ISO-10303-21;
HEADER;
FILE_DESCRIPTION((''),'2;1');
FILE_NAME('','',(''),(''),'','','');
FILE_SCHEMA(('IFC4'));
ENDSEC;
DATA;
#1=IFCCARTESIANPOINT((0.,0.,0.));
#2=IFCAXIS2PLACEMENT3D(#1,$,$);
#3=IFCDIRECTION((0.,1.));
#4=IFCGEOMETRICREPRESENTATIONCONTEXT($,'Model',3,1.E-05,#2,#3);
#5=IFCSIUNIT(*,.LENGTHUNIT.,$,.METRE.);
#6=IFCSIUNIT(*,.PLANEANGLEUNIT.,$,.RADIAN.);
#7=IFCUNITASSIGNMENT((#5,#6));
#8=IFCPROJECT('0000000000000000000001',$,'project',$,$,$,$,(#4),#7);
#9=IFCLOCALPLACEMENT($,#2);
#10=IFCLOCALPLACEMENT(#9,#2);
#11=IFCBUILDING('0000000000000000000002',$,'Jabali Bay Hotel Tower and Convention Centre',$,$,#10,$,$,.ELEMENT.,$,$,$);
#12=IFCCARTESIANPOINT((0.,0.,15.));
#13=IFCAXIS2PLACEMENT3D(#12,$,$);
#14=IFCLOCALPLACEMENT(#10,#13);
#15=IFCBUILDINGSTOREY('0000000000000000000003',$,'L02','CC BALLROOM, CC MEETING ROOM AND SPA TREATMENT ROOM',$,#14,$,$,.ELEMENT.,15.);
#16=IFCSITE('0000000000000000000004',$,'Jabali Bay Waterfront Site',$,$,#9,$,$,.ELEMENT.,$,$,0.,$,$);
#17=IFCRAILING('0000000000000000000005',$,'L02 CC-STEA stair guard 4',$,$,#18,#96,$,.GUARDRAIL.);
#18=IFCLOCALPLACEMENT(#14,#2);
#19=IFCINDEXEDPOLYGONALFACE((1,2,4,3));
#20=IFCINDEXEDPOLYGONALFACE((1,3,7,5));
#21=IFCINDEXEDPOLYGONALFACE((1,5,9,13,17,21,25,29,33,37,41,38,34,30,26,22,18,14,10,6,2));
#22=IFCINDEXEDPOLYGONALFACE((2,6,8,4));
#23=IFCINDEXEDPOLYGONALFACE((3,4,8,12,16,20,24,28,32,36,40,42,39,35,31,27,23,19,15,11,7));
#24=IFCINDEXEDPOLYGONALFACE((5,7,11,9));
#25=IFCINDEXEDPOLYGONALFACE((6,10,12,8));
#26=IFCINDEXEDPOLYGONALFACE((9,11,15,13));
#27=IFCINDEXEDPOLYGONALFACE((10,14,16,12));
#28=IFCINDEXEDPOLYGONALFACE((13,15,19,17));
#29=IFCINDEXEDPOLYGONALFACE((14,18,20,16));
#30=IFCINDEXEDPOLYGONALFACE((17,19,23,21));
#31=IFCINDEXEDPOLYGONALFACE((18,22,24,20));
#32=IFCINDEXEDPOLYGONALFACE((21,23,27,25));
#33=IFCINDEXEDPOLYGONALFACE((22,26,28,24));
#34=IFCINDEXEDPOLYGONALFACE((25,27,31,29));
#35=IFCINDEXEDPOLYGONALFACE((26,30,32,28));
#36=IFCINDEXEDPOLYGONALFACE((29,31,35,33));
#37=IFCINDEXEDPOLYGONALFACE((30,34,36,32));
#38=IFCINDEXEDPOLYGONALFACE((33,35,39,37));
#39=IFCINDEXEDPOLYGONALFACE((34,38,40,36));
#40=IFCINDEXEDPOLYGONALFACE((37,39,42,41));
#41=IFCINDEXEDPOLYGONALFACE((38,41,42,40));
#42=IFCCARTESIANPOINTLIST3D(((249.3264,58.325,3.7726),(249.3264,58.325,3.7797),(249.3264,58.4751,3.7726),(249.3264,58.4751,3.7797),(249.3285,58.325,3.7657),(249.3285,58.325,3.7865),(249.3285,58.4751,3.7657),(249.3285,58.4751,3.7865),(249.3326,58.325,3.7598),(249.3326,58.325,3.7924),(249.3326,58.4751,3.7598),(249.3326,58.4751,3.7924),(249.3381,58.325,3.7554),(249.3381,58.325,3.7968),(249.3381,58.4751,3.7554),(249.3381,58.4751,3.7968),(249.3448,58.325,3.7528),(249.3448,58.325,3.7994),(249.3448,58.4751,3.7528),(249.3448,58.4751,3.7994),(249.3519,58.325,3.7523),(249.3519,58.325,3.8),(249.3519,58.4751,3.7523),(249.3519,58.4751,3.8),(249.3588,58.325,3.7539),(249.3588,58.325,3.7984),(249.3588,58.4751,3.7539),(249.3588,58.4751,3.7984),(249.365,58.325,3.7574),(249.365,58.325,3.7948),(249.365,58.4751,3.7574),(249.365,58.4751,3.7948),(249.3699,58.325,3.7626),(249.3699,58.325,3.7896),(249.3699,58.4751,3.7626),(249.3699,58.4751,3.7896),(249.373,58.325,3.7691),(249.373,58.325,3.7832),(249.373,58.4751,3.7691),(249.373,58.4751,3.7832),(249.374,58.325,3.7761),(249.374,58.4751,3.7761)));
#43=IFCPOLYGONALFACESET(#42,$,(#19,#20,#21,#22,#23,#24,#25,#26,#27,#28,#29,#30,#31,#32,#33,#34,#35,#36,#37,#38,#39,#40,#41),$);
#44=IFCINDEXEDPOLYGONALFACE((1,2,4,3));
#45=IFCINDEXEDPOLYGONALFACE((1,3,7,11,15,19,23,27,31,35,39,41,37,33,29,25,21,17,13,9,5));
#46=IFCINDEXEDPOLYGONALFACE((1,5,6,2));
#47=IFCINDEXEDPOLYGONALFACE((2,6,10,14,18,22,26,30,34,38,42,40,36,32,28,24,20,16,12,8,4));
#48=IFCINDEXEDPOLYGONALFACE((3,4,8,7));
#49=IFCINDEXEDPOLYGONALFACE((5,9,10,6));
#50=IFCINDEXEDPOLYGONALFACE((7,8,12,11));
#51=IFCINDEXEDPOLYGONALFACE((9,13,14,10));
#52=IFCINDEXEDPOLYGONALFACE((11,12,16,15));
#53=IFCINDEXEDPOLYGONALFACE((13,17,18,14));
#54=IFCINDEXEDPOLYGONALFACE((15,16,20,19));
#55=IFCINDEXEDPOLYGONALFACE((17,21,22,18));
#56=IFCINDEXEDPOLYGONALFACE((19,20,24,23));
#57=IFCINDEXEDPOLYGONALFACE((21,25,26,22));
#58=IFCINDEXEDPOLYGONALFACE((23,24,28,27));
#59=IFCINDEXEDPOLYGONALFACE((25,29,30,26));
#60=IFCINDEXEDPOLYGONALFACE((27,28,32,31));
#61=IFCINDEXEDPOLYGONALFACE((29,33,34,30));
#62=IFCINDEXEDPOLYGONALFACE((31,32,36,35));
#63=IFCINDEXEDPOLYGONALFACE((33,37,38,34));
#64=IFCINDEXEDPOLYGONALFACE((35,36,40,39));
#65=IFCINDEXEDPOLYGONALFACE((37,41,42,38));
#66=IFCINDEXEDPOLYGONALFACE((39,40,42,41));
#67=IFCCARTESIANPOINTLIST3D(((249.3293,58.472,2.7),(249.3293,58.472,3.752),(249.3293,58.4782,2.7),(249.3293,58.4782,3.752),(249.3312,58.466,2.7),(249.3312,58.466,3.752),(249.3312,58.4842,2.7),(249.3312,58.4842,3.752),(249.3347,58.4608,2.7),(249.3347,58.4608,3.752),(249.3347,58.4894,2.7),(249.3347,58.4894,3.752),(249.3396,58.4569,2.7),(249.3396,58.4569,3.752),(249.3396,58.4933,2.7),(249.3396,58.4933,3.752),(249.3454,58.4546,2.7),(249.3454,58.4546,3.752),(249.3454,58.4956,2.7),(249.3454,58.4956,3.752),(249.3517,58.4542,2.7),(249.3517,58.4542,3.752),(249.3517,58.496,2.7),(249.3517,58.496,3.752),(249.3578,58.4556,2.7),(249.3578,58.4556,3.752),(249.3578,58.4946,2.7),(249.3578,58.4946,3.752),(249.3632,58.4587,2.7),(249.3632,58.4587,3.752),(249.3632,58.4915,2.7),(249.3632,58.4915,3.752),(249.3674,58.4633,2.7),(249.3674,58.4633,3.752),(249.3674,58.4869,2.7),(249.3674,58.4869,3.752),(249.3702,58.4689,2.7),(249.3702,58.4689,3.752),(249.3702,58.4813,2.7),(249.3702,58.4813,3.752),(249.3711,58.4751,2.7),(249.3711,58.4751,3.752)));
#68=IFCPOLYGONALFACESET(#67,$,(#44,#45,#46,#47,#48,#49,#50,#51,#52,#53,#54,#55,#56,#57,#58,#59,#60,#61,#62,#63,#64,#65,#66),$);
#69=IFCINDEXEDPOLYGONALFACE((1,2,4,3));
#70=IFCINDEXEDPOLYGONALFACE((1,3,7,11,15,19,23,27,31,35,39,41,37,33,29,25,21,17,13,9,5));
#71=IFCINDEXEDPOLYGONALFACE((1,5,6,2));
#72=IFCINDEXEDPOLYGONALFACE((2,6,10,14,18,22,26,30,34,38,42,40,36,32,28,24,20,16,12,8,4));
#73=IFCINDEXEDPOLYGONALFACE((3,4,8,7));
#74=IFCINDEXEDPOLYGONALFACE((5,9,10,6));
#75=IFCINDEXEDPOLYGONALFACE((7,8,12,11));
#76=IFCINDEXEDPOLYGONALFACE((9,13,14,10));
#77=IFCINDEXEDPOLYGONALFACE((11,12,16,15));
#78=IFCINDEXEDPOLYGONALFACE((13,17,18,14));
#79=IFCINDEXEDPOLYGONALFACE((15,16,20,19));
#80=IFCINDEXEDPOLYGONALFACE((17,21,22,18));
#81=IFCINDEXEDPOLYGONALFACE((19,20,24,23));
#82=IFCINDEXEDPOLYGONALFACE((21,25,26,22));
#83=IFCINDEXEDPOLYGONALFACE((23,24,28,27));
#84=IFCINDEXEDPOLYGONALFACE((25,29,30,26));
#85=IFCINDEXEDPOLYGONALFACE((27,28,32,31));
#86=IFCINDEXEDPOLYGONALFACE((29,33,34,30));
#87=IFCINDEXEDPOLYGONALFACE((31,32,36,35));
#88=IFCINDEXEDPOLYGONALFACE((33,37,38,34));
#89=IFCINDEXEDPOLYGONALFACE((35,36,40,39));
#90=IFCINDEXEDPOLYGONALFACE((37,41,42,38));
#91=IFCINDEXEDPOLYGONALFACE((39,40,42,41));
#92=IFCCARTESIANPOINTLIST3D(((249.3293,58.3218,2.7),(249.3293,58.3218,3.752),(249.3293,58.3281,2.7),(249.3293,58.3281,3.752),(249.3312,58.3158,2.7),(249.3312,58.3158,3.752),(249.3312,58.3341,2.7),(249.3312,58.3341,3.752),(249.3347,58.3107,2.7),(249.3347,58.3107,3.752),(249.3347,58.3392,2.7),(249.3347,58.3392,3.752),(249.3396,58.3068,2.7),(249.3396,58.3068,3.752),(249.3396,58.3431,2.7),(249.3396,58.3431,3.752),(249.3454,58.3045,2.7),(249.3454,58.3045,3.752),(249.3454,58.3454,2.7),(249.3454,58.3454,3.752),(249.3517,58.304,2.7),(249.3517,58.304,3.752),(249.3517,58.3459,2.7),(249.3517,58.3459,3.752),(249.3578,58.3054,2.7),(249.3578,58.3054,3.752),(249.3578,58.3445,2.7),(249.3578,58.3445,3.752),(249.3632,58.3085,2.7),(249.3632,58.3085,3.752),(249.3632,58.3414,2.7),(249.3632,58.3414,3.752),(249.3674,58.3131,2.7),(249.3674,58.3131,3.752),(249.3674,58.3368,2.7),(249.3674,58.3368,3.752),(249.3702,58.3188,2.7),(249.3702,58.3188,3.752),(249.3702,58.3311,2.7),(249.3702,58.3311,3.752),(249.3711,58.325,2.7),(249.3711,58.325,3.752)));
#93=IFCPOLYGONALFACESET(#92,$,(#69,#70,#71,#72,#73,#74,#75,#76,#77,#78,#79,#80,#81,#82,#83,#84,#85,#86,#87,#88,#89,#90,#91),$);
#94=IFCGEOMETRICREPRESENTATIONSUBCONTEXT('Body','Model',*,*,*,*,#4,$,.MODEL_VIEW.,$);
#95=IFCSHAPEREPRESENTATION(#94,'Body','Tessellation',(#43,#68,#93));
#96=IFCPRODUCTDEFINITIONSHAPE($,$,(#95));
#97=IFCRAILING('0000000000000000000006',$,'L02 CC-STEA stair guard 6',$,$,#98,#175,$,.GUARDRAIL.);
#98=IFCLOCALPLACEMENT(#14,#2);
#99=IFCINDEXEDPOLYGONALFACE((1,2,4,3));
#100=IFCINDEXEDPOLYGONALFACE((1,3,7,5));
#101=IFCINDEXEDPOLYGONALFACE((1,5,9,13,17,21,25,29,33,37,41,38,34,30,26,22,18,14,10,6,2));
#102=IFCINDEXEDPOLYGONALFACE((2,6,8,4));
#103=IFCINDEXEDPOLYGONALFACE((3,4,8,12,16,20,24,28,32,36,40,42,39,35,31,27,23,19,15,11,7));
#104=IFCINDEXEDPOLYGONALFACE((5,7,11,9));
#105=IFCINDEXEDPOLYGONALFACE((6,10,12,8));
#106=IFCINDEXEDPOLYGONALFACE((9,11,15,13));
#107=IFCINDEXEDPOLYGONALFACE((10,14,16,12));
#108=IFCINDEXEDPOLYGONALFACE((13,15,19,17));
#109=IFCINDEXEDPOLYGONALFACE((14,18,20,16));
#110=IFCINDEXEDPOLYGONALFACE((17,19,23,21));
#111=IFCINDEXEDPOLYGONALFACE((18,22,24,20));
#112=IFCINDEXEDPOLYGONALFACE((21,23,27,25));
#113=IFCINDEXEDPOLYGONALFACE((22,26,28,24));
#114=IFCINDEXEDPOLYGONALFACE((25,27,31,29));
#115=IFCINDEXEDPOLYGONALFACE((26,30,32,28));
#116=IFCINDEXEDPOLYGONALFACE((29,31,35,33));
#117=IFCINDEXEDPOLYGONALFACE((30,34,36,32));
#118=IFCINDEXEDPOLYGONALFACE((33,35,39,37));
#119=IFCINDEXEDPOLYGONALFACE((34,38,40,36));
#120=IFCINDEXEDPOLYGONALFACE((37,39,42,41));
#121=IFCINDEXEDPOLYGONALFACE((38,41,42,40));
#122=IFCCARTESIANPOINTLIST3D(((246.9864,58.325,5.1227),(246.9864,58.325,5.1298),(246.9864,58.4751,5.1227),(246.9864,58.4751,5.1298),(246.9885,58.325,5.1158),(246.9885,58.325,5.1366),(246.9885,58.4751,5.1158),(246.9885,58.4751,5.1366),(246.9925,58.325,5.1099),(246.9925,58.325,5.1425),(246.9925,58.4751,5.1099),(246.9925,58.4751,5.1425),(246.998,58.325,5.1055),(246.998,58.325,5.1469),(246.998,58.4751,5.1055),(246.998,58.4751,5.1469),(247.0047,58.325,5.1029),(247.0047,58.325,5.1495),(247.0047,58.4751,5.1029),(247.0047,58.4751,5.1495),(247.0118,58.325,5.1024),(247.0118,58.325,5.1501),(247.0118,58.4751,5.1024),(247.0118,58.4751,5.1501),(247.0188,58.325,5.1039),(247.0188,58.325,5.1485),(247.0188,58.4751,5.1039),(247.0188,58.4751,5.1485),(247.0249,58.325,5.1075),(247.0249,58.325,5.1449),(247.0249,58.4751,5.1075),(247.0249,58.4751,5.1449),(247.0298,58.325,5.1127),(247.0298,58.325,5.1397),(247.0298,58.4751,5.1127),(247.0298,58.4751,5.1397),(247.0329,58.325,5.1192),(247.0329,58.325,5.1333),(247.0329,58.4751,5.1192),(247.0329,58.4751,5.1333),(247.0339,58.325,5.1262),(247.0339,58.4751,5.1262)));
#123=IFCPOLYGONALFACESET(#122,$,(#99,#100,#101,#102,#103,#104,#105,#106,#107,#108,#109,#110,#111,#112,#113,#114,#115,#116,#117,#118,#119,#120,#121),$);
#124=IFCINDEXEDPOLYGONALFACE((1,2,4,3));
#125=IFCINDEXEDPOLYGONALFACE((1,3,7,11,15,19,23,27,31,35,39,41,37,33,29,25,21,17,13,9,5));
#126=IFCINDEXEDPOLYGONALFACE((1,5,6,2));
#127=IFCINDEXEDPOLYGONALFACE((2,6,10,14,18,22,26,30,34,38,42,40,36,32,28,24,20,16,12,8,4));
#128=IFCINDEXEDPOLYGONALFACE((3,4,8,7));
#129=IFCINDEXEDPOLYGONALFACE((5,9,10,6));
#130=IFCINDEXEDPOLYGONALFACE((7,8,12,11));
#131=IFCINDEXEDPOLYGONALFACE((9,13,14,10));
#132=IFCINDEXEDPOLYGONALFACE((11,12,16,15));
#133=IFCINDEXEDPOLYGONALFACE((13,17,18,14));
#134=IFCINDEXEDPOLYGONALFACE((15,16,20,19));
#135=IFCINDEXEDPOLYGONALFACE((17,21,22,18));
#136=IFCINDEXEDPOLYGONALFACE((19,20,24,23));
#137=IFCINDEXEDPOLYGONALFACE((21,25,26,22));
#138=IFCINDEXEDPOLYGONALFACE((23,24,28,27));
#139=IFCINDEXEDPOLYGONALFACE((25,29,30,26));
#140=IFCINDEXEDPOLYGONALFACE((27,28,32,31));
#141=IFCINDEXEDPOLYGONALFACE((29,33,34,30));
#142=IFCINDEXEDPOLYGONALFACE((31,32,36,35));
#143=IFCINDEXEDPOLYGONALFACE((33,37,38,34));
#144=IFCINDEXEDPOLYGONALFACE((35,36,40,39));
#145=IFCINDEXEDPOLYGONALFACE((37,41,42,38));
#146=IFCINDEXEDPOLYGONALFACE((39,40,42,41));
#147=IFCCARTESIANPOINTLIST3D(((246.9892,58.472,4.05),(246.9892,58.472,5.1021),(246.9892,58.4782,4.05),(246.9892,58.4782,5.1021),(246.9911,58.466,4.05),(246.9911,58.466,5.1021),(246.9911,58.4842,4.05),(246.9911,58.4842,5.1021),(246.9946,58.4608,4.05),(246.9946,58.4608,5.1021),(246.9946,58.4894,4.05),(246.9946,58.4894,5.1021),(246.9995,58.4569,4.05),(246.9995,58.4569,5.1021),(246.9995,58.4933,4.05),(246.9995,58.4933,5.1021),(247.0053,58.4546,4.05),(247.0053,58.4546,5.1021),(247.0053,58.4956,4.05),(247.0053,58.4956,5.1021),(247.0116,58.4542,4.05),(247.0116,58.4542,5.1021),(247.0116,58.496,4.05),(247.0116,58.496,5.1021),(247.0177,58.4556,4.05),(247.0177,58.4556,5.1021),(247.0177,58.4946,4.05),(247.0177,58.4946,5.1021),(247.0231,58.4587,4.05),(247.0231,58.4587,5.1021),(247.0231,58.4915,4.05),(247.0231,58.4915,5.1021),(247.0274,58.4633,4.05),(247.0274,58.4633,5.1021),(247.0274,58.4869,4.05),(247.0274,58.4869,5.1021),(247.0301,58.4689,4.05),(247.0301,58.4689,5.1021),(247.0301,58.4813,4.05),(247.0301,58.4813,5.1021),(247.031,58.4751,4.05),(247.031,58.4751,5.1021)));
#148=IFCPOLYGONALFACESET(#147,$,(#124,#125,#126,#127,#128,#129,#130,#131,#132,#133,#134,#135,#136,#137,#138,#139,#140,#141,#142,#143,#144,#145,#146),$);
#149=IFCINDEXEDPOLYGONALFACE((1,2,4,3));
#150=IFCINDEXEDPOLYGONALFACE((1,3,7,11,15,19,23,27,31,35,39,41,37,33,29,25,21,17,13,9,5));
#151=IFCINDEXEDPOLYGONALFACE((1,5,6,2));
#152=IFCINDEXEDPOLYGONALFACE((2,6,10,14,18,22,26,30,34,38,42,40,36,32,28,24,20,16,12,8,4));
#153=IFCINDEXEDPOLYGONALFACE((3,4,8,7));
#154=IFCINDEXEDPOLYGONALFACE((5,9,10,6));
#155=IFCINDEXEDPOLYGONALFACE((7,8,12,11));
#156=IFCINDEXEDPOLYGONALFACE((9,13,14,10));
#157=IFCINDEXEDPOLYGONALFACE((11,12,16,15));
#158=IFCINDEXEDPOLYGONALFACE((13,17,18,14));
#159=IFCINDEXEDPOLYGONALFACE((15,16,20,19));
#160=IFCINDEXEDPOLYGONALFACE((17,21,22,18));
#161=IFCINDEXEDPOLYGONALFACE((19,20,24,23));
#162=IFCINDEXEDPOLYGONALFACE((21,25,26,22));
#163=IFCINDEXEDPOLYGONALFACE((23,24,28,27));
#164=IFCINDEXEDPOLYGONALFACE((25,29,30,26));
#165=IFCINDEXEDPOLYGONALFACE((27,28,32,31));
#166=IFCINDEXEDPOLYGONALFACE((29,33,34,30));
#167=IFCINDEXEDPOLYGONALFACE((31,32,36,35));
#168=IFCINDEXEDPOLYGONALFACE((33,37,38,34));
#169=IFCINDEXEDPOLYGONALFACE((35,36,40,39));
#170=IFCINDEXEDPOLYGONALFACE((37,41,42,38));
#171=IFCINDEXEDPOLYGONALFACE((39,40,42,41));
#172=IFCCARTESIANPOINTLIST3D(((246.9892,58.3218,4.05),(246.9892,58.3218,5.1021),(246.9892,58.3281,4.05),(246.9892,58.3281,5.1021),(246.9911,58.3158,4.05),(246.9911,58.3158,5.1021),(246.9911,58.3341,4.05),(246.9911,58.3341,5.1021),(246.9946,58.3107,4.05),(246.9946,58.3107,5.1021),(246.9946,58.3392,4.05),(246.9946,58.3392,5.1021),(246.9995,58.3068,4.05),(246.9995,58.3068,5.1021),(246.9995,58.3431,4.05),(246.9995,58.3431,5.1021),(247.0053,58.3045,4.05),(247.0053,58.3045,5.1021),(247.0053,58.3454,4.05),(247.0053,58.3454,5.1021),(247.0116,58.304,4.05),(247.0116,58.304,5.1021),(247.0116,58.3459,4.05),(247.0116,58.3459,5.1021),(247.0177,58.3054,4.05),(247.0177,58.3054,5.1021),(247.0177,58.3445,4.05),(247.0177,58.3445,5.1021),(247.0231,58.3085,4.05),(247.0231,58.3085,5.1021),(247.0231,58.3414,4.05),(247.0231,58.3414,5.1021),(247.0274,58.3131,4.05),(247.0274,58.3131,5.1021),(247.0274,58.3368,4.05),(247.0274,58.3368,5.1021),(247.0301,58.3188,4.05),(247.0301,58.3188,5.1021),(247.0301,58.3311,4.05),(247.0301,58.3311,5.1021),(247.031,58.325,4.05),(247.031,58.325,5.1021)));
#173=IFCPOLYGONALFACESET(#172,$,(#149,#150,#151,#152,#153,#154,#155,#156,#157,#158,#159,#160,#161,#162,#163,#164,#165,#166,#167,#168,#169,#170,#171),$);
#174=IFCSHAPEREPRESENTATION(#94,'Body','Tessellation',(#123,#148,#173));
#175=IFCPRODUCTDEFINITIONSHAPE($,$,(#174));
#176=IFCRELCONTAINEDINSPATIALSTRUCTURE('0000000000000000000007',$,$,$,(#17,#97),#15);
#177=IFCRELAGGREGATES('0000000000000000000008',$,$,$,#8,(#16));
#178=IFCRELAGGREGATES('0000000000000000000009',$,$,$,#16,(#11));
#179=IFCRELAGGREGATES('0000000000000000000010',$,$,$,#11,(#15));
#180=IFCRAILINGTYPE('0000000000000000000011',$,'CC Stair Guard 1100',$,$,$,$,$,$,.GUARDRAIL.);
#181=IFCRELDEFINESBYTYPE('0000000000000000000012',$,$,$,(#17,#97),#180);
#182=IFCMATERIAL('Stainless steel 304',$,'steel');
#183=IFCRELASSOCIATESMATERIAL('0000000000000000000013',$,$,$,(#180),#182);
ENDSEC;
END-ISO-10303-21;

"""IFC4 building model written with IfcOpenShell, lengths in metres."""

from ifc_helpers import new_model, si_unit, direction, frame, origin, origin_2d, place, context, subcontext, project, spatial, circle, extrude, material, type_object, element, save


model = new_model("IFC4")

# Units and contexts
model_context = context("Model", 3, precision=1e-05, world=origin(), true_north=direction((0.0, 1.0)))
body_context = subcontext(model_context, "Body", "Model", "MODEL_VIEW")
ifc_project = project(units=[si_unit("LENGTHUNIT", "METRE"), si_unit("PLANEANGLEUNIT", "RADIAN")], contexts=[model_context])

# Site, building, storey
site_placement = place(None, origin())
site = spatial("IfcSite", under=ifc_project, at=site_placement, Name="Jabali Bay Waterfront Site", CompositionType="ELEMENT", RefElevation=0.0)
building_placement = place(site_placement, origin())
building = spatial("IfcBuilding", under=site, at=building_placement, Name="Jabali Bay Hotel Tower and Convention Centre", CompositionType="ELEMENT")
storey_placement = place(building_placement, frame((0.0, 0.0, 15.0)))
storey = spatial("IfcBuildingStorey", under=building, at=storey_placement, Name="L02", Description="CC BALLROOM, CC MEETING ROOM AND SPA TREATMENT ROOM", CompositionType="ELEMENT", Elevation=15.0)

# Railings
ifc_material_1 = material(Name="Stainless steel 304", Category="steel")
railing_type_1 = type_object("IfcRailingType", Name="CC Stair Guard 1100", PredefinedType="GUARDRAIL", material=ifc_material_1)
for number, where, name in (
    (1, (249.3501, 58.4751, 2.7), "L02 CC-STEA stair guard 4"),
    (2, (247.01, 58.4751, 4.05), "L02 CC-STEA stair guard 6"),
):
    element("IfcRailing", number, at=place(storey_placement, frame(where)), inside=storey, type_object=railing_type_1, Name=name, PredefinedType="GUARDRAIL", context=body_context, shape_type="SweptSolid", body=[
        extrude(circle(Radius=0.0239, at=origin_2d()), frame((0.0, 0.0, 1.0762), z_axis=(0.0, -1.0, 0.0), x_axis=(1.0, 0.0, 0.0)), (0.0, 0.0, 1.0), 0.1501),
        extrude(circle(Radius=0.021, at=origin_2d()), origin(), (0.0, 0.0, 1.0), 1.052),
        extrude(circle(Radius=0.021, at=origin_2d()), frame((0.0, -0.1501, 0.0)), (0.0, 0.0, 1.0), 1.052),
    ])

save(model, "model.ifc")
